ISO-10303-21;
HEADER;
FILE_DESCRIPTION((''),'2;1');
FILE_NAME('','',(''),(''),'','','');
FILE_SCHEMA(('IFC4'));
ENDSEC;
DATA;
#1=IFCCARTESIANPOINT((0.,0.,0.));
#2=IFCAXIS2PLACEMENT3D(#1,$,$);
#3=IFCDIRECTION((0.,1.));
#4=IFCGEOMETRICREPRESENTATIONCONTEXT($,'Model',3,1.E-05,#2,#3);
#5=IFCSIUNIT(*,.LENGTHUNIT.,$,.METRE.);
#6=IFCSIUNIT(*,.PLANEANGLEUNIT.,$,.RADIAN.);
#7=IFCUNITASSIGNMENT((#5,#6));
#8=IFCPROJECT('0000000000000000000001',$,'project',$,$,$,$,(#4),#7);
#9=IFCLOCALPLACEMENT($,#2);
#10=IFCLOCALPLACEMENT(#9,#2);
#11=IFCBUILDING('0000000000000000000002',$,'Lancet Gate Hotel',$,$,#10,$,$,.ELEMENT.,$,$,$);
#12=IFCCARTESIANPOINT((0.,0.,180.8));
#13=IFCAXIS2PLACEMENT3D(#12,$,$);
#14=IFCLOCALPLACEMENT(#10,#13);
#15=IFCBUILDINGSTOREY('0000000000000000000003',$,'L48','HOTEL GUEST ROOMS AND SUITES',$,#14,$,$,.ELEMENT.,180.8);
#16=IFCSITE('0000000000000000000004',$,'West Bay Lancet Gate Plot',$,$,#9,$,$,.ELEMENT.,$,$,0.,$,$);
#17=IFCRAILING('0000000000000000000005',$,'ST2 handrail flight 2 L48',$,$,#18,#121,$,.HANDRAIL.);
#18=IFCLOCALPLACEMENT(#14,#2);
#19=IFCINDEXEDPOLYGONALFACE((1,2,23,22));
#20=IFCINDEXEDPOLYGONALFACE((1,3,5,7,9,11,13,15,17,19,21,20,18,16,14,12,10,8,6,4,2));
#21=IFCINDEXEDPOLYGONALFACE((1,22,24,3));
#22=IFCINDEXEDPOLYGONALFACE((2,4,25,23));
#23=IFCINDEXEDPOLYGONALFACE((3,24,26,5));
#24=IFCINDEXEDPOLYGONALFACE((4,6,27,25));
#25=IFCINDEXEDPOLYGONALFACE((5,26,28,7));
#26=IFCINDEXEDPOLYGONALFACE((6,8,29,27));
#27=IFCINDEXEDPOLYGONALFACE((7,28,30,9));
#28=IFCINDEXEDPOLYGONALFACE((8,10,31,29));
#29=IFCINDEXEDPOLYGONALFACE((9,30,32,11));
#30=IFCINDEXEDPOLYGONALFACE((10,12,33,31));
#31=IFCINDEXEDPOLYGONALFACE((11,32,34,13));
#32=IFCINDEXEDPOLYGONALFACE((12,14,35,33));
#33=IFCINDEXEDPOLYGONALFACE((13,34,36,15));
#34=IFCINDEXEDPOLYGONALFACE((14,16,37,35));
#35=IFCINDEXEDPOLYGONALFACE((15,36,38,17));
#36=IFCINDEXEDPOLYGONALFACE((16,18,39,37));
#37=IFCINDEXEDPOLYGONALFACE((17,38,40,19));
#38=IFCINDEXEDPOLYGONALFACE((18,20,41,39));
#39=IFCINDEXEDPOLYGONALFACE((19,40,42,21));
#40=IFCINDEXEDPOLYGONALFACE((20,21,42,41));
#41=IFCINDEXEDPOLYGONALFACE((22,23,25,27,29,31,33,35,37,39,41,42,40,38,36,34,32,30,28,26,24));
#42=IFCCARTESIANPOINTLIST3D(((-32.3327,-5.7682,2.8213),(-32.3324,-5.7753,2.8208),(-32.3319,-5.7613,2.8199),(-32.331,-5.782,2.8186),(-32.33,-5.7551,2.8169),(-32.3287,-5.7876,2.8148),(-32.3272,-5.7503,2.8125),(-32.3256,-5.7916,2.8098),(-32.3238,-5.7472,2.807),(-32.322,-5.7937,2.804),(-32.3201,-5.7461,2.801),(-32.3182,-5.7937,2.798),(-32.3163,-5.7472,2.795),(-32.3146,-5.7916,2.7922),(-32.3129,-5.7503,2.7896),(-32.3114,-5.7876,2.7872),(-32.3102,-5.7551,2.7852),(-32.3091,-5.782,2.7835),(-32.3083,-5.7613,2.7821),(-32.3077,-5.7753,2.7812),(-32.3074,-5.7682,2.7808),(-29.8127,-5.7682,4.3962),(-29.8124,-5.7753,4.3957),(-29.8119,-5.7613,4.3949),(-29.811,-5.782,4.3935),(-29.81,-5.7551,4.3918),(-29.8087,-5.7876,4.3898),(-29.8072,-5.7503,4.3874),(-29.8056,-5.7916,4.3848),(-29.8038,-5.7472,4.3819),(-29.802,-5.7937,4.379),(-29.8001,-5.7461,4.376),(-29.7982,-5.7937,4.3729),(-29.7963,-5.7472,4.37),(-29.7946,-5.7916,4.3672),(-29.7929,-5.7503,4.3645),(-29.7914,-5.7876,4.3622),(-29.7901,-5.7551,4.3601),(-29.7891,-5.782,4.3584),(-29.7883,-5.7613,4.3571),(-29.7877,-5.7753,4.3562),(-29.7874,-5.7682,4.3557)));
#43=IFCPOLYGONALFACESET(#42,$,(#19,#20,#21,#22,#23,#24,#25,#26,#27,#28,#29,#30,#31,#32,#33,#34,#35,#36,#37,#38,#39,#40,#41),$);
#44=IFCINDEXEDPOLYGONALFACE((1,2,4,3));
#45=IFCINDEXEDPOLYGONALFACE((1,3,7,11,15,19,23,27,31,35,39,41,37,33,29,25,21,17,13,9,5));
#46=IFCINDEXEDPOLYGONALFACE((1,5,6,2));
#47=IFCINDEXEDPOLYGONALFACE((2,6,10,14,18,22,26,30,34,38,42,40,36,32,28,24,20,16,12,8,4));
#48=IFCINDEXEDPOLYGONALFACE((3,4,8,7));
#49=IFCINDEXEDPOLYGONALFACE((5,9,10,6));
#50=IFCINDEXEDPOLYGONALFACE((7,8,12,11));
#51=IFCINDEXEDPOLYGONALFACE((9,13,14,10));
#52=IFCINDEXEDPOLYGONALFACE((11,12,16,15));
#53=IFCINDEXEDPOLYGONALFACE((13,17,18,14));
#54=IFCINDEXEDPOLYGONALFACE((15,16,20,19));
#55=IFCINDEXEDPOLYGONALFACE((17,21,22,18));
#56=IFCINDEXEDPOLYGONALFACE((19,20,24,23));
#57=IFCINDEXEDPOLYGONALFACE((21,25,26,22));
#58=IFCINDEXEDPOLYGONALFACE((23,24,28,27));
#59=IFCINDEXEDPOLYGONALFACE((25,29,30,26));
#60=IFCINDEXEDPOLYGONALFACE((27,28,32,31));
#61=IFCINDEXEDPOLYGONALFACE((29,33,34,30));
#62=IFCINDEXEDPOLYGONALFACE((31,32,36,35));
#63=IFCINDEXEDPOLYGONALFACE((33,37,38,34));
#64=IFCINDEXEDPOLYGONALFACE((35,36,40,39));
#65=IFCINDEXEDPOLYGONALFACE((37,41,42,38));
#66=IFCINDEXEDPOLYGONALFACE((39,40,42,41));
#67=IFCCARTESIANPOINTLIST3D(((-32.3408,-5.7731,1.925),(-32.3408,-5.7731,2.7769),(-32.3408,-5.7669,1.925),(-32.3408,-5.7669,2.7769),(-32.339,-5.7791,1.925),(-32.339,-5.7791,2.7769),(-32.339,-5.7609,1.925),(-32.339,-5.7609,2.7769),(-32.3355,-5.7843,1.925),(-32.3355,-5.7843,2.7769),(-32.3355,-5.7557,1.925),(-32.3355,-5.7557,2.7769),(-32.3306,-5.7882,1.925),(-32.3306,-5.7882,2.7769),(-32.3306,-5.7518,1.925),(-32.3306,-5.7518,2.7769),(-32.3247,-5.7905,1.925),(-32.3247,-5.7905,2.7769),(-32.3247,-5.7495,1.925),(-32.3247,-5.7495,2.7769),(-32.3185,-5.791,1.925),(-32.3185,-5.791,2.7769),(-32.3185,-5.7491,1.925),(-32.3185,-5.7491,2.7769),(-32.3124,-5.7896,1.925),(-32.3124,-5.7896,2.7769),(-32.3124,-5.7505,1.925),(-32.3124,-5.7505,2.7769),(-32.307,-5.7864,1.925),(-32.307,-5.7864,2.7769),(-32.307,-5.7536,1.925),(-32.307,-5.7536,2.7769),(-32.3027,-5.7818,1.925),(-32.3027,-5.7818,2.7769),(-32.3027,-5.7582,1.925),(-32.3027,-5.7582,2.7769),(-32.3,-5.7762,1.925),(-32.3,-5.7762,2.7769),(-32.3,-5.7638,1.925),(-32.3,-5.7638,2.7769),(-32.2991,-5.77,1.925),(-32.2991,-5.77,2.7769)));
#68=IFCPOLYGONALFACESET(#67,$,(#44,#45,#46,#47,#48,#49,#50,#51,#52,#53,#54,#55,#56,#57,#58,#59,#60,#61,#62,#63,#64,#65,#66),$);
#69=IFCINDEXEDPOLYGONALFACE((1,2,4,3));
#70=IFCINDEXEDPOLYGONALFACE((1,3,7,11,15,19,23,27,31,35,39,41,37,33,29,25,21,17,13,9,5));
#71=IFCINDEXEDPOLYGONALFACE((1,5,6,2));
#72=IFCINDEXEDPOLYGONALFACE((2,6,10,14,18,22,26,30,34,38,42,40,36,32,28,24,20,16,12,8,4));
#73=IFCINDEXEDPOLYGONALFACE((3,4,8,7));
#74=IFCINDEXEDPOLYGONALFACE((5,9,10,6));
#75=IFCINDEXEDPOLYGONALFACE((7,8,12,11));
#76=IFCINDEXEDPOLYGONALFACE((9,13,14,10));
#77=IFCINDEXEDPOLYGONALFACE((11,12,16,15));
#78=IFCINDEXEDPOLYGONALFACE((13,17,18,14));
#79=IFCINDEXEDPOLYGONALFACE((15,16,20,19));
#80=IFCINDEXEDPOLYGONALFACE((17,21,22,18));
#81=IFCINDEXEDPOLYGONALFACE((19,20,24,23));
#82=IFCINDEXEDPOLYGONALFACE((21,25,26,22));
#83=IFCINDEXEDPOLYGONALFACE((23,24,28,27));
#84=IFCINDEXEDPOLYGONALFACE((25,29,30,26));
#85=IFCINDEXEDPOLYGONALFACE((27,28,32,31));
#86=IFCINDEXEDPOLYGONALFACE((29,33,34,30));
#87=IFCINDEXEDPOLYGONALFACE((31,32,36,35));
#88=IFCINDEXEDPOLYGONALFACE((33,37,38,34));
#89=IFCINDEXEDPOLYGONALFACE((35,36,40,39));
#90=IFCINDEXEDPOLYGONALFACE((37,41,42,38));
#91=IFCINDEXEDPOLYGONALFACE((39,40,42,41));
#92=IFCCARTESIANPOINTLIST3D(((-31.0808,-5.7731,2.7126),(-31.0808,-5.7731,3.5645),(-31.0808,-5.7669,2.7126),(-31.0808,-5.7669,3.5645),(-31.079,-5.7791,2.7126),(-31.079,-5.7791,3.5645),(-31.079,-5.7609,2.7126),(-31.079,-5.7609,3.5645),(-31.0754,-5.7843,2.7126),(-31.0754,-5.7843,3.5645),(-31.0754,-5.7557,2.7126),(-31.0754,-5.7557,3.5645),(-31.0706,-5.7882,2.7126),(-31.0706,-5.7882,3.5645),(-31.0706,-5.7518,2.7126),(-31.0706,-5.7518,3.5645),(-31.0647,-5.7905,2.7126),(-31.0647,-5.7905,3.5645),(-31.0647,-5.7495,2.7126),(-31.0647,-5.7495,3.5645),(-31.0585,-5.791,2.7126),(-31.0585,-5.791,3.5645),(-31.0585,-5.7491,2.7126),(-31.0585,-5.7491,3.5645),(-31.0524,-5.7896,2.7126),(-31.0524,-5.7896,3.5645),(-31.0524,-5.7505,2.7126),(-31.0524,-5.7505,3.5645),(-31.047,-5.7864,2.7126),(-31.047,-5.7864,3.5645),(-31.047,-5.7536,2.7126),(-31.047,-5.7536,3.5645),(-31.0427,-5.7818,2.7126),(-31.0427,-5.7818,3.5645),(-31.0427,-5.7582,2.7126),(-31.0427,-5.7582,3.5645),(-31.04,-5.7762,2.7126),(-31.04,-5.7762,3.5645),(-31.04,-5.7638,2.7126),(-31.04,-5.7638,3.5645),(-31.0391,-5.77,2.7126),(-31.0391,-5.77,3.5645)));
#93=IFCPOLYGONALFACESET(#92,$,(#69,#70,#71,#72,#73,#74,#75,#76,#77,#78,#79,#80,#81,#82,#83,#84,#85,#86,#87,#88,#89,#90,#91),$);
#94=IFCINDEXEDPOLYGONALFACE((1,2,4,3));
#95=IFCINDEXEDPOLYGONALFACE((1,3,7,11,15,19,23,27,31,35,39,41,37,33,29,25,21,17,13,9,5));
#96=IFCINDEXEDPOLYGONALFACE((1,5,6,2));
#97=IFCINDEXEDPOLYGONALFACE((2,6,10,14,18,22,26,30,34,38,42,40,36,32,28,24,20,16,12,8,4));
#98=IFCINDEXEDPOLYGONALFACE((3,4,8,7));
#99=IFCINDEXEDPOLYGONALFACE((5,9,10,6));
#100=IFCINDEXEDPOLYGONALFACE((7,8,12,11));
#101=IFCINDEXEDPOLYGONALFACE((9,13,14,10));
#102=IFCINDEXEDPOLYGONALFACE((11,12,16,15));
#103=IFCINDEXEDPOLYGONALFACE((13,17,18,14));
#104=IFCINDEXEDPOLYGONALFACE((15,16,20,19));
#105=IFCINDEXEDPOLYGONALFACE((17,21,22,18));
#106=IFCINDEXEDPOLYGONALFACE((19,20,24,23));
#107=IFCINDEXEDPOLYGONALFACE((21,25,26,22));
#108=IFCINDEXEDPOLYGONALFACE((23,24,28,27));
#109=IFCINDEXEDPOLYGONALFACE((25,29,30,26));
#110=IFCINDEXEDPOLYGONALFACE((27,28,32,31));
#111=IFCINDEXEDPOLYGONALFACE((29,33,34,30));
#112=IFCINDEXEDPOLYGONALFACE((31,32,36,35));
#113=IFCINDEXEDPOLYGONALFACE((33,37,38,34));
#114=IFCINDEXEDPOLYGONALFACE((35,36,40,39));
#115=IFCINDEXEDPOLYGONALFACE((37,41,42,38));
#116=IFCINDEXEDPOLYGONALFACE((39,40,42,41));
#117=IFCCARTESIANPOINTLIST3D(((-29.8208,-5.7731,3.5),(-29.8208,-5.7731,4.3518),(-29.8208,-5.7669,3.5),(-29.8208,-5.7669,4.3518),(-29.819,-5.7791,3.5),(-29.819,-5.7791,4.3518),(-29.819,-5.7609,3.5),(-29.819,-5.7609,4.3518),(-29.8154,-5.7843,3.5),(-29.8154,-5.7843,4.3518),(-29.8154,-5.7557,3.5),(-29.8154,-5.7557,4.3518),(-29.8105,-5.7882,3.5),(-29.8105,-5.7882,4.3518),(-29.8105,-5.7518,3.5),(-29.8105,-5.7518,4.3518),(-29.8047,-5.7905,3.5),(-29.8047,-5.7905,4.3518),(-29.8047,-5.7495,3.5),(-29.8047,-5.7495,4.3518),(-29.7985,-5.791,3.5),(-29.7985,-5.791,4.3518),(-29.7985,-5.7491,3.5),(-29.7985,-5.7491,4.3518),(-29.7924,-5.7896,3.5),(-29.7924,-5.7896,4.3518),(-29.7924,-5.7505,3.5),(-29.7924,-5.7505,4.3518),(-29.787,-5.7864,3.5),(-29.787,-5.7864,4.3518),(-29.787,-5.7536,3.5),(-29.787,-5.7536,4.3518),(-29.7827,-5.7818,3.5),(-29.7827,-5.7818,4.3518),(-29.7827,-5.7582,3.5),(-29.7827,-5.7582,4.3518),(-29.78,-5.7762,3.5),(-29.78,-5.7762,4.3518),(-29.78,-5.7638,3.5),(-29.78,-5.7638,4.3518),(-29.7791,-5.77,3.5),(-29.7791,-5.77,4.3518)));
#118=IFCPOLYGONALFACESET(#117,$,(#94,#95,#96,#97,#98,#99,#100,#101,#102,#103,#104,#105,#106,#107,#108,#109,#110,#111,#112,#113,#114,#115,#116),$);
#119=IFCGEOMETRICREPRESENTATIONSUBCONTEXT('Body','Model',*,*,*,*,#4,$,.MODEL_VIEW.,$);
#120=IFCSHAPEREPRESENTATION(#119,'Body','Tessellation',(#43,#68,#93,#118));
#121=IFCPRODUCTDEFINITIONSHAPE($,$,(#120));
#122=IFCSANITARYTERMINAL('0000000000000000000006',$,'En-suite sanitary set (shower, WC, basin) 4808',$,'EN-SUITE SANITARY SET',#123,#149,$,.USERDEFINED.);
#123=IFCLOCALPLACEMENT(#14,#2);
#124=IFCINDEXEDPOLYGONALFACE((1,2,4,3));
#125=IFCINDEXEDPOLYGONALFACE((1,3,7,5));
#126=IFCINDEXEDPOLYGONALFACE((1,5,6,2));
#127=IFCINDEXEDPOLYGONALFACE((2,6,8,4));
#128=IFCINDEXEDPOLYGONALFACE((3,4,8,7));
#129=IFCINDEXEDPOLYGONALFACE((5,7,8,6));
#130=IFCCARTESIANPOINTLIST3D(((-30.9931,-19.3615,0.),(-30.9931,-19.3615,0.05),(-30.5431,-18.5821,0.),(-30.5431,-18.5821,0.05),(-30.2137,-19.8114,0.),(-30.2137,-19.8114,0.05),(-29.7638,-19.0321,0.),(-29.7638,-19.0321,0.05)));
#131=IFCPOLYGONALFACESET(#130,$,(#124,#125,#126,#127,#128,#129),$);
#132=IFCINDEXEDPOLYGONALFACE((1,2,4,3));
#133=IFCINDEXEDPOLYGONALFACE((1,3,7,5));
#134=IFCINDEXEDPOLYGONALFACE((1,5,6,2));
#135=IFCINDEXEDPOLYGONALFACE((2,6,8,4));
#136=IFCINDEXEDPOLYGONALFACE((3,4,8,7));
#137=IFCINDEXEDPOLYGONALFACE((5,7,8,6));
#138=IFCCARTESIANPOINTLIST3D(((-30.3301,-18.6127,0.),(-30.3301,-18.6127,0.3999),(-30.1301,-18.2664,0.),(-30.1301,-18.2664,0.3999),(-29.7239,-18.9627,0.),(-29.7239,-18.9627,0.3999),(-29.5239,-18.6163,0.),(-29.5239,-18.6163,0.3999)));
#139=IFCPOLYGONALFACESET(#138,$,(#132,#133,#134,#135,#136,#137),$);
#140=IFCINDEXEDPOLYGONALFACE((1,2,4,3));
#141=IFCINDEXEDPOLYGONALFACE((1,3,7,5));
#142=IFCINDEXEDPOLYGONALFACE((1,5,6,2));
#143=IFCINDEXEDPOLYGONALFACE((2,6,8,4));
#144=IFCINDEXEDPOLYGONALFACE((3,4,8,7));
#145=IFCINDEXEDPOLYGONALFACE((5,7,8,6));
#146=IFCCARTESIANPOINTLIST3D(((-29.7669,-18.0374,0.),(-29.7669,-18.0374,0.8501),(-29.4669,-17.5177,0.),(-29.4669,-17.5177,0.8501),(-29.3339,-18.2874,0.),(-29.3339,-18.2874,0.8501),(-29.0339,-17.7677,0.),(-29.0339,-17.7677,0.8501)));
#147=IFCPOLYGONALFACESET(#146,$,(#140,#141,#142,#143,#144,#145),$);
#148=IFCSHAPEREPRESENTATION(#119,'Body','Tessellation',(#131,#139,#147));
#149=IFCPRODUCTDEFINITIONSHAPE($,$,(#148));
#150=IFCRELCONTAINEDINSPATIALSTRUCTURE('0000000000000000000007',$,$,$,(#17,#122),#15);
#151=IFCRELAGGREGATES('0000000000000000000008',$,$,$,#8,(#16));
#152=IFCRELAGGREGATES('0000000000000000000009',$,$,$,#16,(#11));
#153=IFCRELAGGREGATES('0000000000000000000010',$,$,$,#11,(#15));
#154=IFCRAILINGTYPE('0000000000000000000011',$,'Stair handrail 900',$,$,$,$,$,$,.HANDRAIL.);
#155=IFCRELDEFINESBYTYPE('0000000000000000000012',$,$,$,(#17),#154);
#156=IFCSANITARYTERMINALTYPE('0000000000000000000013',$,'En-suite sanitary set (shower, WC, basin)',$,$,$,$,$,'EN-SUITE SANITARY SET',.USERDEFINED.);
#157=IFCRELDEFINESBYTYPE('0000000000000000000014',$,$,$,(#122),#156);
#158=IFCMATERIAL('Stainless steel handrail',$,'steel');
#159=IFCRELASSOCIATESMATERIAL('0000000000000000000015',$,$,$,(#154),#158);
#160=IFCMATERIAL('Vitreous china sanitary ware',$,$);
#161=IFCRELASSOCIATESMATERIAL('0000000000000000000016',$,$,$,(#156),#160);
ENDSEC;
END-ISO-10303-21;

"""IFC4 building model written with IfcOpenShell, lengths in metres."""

from ifc_helpers import new_model, si_unit, direction, frame, origin, origin_2d, place, context, subcontext, project, spatial, rectangle, circle, extrude, material, type_object, element, save


model = new_model("IFC4")

# Units and contexts
model_context = context("Model", 3, precision=1e-05, world=origin(), true_north=direction((0.0, 1.0)))
body_context = subcontext(model_context, "Body", "Model", "MODEL_VIEW")
ifc_project = project(units=[si_unit("LENGTHUNIT", "METRE"), si_unit("PLANEANGLEUNIT", "RADIAN")], contexts=[model_context])

# Site, building, storey
site_placement = place(None, origin())
site = spatial("IfcSite", under=ifc_project, at=site_placement, Name="West Bay Lancet Gate Plot", CompositionType="ELEMENT", RefElevation=0.0)
building_placement = place(site_placement, origin())
building = spatial("IfcBuilding", under=site, at=building_placement, Name="Lancet Gate Hotel", CompositionType="ELEMENT")
storey_placement = place(building_placement, frame((0.0, 0.0, 180.8)))
storey = spatial("IfcBuildingStorey", under=building, at=storey_placement, Name="L48", Description="HOTEL GUEST ROOMS AND SUITES", CompositionType="ELEMENT", Elevation=180.8)

# Railing
ifc_material_1 = material(Name="Stainless steel handrail", Category="steel")
railing_type = type_object("IfcRailingType", Name="Stair handrail 900", PredefinedType="HANDRAIL", material=ifc_material_1)
railing_1_placement = place(storey_placement, frame((-32.3201, -5.77, 1.925)))
element("IfcRailing", 1, at=railing_1_placement, inside=storey, type_object=railing_type, Name="ST2 handrail flight 2 L48", PredefinedType="HANDRAIL", context=body_context, shape_type="SweptSolid", body=[
    extrude(circle(Radius=0.0239, at=origin_2d()), frame((0.0, 0.0, 0.876), z_axis=(0.848008, 0.0, 0.529984), x_axis=(0.0, 1.0, 0.0)), (0.0, 0.0, 1.0), 2.9717),
    extrude(circle(Radius=0.021, at=origin_2d()), origin(), (0.0, 0.0, 1.0), 0.8518),
    extrude(circle(Radius=0.021, at=origin_2d()), frame((1.26, 0.0, 0.7876)), (0.0, 0.0, 1.0), 0.8518),
    extrude(circle(Radius=0.021, at=origin_2d()), frame((2.52, 0.0, 1.575)), (0.0, 0.0, 1.0), 0.8518),
])

# Sanitary terminal
ifc_material_2 = material(Name="Vitreous china sanitary ware")
sanitary_terminal_type = type_object("IfcSanitaryTerminalType", Name="En-suite sanitary set (shower, WC, basin)", ElementType="EN-SUITE SANITARY SET", PredefinedType="USERDEFINED", material=ifc_material_2)
sanitary_terminal_placement = place(storey_placement, frame((-30.3784, -19.1968, 0.0), z_axis=(0.0, 0.0, 1.0), x_axis=(1.0, 0.0, 0.0)))
element("IfcSanitaryTerminal", 2, at=sanitary_terminal_placement, inside=storey, type_object=sanitary_terminal_type, Name="En-suite sanitary set (shower, WC, basin) 4808", ObjectType="EN-SUITE SANITARY SET", PredefinedType="USERDEFINED", context=body_context, shape_type="SweptSolid", body=[
    extrude(rectangle(XDim=0.8999, YDim=0.8999, at=origin_2d()), frame((0.0, 0.0, 0.0), z_axis=(0.0, 0.0, 1.0), x_axis=(-0.5, -0.866025, 0.0)), (0.0, 0.0, 1.0), 0.05),
    extrude(rectangle(XDim=0.3999, YDim=0.7, at=origin_2d()), frame((0.4514, 0.5823, 0.0), z_axis=(0.0, 0.0, 1.0), x_axis=(-0.5, -0.866025, 0.0)), (0.0, 0.0, 1.0), 0.3999),
    extrude(rectangle(XDim=0.6001, YDim=0.5, at=origin_2d()), frame((0.978, 1.2942, 0.0), z_axis=(0.0, 0.0, 1.0), x_axis=(-0.5, -0.866025, 0.0)), (0.0, 0.0, 1.0), 0.8501),
])

save(model, "model.ifc")
